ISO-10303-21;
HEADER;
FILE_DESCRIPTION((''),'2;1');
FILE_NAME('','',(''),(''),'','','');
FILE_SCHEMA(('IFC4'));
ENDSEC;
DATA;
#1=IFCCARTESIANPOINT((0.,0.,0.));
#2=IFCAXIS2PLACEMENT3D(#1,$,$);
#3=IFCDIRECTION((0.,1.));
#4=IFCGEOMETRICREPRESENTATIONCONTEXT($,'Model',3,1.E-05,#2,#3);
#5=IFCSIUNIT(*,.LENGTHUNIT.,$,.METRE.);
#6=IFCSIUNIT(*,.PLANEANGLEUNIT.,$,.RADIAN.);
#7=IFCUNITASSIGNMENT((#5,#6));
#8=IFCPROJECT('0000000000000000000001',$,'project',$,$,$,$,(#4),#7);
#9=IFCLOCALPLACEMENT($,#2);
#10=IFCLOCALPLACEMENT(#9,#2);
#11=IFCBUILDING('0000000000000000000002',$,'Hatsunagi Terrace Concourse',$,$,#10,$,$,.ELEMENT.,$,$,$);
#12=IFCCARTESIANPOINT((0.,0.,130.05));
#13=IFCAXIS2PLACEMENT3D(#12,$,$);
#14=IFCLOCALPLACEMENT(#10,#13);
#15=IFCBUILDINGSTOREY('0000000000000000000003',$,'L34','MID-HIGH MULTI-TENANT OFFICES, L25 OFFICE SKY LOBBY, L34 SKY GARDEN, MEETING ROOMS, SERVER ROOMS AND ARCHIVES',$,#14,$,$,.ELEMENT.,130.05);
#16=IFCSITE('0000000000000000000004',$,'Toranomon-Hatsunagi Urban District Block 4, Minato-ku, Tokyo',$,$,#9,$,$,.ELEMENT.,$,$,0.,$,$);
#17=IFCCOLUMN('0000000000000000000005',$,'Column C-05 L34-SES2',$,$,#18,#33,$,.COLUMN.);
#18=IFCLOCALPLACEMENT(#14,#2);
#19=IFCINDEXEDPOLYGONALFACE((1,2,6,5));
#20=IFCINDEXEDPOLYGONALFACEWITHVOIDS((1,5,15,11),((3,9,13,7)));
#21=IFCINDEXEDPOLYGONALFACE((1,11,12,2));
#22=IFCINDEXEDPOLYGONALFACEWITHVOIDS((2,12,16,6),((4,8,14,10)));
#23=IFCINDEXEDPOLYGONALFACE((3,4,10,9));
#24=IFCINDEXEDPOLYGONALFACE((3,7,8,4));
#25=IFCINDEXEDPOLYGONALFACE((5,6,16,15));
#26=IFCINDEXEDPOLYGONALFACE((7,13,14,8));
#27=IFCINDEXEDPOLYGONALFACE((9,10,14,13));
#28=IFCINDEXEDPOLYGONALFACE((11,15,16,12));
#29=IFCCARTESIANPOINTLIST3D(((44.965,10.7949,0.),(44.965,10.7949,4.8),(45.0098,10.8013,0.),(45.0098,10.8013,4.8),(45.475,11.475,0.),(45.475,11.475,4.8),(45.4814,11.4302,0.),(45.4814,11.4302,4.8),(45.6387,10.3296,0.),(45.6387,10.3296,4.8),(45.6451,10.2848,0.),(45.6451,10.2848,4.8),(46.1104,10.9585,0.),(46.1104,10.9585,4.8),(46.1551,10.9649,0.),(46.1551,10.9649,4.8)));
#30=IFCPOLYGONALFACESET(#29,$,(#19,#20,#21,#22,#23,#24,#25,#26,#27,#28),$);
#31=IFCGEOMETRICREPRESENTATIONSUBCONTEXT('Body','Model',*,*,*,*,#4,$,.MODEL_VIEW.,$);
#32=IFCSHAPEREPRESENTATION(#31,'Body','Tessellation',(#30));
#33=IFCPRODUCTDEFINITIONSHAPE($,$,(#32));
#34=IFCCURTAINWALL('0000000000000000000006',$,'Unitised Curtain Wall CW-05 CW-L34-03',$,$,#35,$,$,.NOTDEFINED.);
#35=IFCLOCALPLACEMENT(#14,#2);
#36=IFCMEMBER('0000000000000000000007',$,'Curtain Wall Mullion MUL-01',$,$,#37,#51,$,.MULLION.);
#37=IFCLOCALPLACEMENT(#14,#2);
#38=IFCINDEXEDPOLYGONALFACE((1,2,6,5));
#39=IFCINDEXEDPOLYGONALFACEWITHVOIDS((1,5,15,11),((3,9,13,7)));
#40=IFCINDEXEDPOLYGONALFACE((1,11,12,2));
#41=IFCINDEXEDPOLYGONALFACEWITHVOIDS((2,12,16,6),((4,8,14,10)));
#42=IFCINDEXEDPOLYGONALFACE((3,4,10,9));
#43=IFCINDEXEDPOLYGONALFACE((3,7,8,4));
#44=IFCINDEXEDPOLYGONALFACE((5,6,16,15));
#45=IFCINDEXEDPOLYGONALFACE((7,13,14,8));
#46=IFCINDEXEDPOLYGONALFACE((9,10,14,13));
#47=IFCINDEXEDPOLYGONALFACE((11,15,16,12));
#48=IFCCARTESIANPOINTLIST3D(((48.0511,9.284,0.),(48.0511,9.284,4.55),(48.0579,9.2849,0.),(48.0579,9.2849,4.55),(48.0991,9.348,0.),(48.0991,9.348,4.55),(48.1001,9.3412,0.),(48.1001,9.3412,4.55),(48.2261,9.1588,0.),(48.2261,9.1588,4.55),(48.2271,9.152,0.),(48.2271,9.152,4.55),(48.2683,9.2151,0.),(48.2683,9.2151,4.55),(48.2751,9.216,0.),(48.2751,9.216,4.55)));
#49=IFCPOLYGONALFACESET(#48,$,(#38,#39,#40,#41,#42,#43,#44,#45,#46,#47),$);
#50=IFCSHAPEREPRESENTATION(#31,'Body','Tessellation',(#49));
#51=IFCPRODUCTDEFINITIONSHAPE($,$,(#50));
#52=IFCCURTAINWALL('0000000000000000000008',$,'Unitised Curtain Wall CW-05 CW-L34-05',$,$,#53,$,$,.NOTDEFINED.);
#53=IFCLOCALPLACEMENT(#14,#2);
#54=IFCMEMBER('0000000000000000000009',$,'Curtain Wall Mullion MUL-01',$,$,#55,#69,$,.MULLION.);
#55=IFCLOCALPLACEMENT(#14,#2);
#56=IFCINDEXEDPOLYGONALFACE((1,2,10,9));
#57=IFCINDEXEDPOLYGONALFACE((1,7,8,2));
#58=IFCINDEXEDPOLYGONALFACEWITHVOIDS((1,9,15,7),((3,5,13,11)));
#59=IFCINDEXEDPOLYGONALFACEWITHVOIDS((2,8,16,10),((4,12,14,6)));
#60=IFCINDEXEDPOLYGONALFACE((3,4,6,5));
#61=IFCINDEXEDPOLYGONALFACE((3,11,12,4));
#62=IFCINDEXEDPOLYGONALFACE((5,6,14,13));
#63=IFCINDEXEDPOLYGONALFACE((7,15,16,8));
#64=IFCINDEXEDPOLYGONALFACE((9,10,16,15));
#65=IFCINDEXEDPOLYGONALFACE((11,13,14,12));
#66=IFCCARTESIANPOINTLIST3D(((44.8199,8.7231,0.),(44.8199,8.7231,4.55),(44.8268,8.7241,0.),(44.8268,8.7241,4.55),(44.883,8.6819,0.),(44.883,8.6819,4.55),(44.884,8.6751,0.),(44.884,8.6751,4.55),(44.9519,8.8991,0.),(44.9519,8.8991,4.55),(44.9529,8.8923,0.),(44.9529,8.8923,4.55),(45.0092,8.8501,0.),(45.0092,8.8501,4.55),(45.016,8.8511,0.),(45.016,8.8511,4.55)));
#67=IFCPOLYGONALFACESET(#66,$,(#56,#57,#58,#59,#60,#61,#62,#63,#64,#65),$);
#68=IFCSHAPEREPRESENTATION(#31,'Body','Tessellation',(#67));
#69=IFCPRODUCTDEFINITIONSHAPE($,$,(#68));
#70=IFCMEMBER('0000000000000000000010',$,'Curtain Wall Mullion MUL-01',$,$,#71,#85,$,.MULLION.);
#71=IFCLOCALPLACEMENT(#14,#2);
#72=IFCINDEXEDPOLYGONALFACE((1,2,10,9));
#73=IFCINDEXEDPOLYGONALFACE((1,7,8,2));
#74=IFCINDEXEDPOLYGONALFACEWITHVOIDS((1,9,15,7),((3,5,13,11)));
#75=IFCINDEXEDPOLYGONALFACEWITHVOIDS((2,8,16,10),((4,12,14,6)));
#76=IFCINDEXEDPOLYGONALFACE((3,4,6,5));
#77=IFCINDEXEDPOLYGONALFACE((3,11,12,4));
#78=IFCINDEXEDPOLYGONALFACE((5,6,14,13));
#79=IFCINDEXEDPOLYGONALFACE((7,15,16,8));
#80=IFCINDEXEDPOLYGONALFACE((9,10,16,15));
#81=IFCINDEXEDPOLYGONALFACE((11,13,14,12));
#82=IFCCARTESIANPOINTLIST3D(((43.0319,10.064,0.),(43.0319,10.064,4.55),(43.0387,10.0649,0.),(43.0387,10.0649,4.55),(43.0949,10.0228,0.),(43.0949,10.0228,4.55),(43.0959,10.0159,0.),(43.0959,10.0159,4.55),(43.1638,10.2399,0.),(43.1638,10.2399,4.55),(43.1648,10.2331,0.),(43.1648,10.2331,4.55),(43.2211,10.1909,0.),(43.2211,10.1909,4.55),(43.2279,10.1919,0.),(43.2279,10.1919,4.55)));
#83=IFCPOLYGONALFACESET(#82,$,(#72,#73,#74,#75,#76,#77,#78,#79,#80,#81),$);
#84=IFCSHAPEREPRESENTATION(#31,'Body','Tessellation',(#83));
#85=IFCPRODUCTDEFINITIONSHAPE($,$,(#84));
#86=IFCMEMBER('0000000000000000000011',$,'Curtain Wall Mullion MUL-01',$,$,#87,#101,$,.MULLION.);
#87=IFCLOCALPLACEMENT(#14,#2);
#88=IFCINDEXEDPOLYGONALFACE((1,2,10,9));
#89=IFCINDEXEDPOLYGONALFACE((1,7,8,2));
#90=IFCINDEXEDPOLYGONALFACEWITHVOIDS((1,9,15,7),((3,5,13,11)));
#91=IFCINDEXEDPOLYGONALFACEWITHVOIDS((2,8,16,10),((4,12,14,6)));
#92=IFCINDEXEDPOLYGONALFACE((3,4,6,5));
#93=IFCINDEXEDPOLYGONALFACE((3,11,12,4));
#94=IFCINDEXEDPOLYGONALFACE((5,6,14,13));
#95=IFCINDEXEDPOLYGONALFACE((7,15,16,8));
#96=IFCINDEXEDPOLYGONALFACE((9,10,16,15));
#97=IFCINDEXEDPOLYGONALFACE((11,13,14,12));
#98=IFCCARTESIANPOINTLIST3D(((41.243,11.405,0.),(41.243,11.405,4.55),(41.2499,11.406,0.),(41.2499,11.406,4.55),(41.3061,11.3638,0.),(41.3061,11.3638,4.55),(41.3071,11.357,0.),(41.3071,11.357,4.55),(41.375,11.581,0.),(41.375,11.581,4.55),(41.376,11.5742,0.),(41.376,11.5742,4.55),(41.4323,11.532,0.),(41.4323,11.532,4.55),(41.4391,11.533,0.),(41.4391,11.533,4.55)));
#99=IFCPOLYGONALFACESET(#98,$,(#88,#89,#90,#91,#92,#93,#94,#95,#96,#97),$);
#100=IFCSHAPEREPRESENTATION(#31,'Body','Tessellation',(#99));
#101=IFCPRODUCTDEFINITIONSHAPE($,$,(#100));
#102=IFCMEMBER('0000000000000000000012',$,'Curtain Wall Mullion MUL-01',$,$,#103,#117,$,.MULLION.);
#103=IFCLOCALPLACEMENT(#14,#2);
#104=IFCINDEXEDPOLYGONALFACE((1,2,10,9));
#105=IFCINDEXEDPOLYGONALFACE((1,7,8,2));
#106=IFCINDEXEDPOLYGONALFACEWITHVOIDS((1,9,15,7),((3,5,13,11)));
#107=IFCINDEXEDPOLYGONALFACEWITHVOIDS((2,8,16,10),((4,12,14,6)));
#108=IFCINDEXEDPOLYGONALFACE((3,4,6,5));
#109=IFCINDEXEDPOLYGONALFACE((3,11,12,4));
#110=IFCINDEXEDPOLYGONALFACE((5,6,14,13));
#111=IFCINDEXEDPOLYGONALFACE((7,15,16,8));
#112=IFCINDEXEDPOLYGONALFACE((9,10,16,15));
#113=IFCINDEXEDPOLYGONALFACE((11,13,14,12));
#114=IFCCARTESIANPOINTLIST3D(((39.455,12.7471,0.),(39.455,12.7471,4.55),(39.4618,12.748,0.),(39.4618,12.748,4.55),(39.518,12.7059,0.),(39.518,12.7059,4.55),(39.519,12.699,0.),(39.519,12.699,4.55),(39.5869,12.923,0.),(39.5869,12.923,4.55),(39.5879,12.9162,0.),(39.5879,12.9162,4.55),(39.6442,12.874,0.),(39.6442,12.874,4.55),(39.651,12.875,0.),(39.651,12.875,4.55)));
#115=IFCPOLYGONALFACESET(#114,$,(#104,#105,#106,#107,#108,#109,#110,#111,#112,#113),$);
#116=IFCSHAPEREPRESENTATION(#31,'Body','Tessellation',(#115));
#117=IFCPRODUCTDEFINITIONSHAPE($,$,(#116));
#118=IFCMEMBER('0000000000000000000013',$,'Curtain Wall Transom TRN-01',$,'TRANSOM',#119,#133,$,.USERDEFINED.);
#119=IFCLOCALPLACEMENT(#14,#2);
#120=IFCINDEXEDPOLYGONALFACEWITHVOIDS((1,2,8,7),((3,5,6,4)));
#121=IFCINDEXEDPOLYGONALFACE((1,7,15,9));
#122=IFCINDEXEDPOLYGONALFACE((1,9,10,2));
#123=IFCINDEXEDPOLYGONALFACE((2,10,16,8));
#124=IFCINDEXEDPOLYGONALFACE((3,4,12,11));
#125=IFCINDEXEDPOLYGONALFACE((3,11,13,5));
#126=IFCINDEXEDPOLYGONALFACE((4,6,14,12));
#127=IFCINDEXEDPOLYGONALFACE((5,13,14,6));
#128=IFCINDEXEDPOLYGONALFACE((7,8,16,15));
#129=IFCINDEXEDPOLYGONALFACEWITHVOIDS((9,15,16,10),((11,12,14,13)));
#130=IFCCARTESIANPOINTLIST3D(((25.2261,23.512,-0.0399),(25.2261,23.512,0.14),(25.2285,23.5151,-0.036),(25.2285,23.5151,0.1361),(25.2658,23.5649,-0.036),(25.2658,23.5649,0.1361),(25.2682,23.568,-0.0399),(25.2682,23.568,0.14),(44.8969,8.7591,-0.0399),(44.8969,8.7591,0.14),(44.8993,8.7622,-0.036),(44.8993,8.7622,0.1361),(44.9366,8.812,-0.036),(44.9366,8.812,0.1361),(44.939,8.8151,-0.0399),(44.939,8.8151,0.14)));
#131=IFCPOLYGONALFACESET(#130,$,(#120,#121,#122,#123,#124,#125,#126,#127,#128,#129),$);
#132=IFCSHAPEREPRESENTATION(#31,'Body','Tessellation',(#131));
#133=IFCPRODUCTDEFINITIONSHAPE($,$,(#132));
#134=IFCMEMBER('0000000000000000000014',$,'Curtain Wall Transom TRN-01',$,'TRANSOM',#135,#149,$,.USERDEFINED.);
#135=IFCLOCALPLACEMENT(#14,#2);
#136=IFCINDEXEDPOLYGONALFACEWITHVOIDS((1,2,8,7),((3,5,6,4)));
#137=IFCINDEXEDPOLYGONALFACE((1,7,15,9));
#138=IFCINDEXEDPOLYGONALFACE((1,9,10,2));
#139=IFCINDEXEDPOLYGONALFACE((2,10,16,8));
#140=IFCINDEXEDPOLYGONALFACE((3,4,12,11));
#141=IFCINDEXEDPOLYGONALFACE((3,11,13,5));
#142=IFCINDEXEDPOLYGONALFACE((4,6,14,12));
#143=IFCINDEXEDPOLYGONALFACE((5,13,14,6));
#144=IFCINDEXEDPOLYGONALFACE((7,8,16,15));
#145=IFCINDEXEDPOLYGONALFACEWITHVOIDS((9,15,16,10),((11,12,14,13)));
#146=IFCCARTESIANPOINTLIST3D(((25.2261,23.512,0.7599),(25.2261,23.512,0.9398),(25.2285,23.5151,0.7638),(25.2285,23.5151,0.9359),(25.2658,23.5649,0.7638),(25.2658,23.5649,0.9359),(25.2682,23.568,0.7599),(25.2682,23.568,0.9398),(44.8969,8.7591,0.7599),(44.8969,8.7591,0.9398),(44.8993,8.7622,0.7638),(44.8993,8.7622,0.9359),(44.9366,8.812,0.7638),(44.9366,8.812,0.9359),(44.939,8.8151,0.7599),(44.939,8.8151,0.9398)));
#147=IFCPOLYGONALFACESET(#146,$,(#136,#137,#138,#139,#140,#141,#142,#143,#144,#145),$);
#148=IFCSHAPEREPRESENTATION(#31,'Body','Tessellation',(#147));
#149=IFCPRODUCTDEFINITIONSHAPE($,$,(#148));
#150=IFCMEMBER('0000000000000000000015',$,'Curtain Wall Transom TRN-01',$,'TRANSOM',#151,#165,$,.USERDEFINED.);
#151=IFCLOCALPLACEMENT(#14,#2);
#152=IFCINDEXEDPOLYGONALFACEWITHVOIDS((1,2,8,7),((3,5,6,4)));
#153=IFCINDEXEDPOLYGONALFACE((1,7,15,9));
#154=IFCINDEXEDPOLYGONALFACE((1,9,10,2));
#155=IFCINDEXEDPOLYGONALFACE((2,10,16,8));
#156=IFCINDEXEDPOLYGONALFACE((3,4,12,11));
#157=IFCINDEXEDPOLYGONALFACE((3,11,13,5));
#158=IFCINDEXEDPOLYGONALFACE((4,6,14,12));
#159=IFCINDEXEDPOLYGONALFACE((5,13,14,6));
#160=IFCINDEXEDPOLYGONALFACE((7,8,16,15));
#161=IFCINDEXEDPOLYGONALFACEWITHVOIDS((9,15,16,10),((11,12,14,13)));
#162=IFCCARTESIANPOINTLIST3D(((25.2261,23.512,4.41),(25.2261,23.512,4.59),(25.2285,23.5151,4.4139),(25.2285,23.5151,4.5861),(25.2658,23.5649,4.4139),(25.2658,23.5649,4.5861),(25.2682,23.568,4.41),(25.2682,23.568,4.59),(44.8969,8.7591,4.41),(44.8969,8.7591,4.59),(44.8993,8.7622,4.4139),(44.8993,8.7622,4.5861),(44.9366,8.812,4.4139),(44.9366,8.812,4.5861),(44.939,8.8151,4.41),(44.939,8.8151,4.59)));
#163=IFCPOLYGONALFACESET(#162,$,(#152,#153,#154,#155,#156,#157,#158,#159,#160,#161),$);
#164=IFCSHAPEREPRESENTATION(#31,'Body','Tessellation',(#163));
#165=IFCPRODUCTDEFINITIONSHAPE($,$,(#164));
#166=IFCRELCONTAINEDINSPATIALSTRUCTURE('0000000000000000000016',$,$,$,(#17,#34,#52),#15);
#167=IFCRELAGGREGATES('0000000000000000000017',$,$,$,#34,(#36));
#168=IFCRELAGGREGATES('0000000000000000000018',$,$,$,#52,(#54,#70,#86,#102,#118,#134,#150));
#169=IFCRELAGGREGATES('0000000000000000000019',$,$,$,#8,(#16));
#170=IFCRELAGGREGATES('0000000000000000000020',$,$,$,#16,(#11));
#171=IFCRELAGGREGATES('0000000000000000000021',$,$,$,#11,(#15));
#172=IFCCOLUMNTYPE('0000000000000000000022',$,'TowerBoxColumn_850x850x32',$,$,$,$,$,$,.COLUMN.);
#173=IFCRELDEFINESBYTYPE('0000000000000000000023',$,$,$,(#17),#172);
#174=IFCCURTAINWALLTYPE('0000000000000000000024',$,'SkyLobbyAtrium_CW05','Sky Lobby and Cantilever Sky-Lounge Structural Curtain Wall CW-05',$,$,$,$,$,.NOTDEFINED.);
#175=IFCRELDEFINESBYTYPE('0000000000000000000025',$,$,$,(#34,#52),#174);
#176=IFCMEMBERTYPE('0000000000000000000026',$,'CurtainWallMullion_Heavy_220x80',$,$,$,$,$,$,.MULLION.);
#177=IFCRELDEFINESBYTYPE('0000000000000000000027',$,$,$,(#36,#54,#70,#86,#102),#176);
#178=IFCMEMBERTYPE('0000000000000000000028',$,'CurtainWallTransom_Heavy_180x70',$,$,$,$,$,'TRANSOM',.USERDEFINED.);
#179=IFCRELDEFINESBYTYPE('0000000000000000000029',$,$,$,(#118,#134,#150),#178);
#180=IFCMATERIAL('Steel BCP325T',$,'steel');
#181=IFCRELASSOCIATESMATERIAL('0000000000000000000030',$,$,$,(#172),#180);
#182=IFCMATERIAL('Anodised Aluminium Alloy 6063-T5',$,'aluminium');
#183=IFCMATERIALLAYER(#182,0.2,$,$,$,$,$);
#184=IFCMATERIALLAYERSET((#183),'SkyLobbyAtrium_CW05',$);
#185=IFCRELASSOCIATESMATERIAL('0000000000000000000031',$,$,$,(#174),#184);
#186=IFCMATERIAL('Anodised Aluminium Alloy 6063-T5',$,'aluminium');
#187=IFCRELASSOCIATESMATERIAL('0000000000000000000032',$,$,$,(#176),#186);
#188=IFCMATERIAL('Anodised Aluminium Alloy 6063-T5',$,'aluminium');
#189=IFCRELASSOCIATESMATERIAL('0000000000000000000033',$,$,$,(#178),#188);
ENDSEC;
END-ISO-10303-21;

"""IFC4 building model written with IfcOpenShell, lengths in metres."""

from ifc_helpers import new_model, si_unit, direction, frame, origin, origin_2d, place, context, subcontext, project, spatial, hollow_rectangle, extrude, material, layer, layer_set, material_profile, profile_set, type_object, element, aggregate, save


model = new_model("IFC4")

# Units and contexts
model_context = context("Model", 3, precision=1e-05, world=origin(), true_north=direction((0.0, 1.0)))
body_context = subcontext(model_context, "Body", "Model", "MODEL_VIEW")
ifc_project = project(units=[si_unit("LENGTHUNIT", "METRE"), si_unit("PLANEANGLEUNIT", "RADIAN")], contexts=[model_context])

# Site, building, storey
site_placement = place(None, origin())
site = spatial("IfcSite", under=ifc_project, at=site_placement, Name="Toranomon-Hatsunagi Urban District Block 4, Minato-ku, Tokyo", CompositionType="ELEMENT", RefElevation=0.0)
building_placement = place(site_placement, origin())
building = spatial("IfcBuilding", under=site, at=building_placement, Name="Hatsunagi Terrace Concourse", CompositionType="ELEMENT")
storey_placement = place(building_placement, frame((0.0, 0.0, 130.05)))
storey = spatial("IfcBuildingStorey", under=building, at=storey_placement, Name="L34", Description="MID-HIGH MULTI-TENANT OFFICES, L25 OFFICE SKY LOBBY, L34 SKY GARDEN, MEETING ROOMS, SERVER ROOMS AND ARCHIVES", CompositionType="ELEMENT", Elevation=130.05)

# Column
ifc_material_1 = material(Name="Steel BCP325T", Category="steel")
ifc_material_profile_1 = material_profile(ifc_material_1, hollow_rectangle(XDim=0.8501, YDim=0.8501, WallThickness=0.032, at=origin_2d()), Name="BCP-850x850x32")
ifc_profile_set_1 = profile_set([ifc_material_profile_1], Name="Steel BCP325T")
column_type = type_object("IfcColumnType", Name="TowerBoxColumn_850x850x32", PredefinedType="COLUMN", material=ifc_profile_set_1)
column_placement = place(storey_placement, frame((45.5601, 10.8799, 0.0), z_axis=(0.0, 0.0, 1.0), x_axis=(0.8, -0.6, 0.0)))
element("IfcColumn", 1, at=column_placement, inside=storey, type_object=column_type, Name="Column C-05 L34-SES2", PredefinedType="COLUMN", context=body_context, shape_type="SweptSolid", body=[
    extrude(hollow_rectangle(XDim=0.8501, YDim=0.8501, WallThickness=0.032, at=origin_2d()), origin(), (0.0, 0.0, 1.0), 4.8),
])

# Curtain wall, member
ifc_material_2 = material(Name="Anodised Aluminium Alloy 6063-T5", Category="aluminium")
ifc_layer_1 = layer(ifc_material_2, 0.2)
ifc_layer_set_1 = layer_set([ifc_layer_1], Name="SkyLobbyAtrium_CW05")
curtain_wall_type = type_object("IfcCurtainWallType", Name="SkyLobbyAtrium_CW05", Description="Sky Lobby and Cantilever Sky-Lounge Structural Curtain Wall CW-05", PredefinedType="NOTDEFINED", material=ifc_layer_set_1)
curtain_wall_1_placement = place(storey_placement, origin())
curtain_wall_1 = element("IfcCurtainWall", 2, at=curtain_wall_1_placement, inside=storey, type_object=curtain_wall_type, Name="Unitised Curtain Wall CW-05 CW-L34-03", PredefinedType="NOTDEFINED")
ifc_material_3 = material(Name="Anodised Aluminium Alloy 6063-T5", Category="aluminium")
ifc_material_profile_2 = material_profile(ifc_material_3, hollow_rectangle(XDim=0.0801, YDim=0.22, WallThickness=0.0049, at=origin_2d()), Name="ALU-MUL-220x80x5")
ifc_profile_set_2 = profile_set([ifc_material_profile_2], Name="Anodised Aluminium Alloy 6063-T5")
member_type_1 = type_object("IfcMemberType", Name="CurtainWallMullion_Heavy_220x80", PredefinedType="MULLION", material=ifc_profile_set_2)
member_1_placement = place(storey_placement, frame((48.1631, 9.25, 0.0), z_axis=(0.0, 0.0, 1.0), x_axis=(-0.599969, -0.800023, 0.0)))
member_1 = element("IfcMember", 3, at=member_1_placement, type_object=member_type_1, Name="Curtain Wall Mullion MUL-01", PredefinedType="MULLION", context=body_context, shape_type="SweptSolid", body=[
    extrude(hollow_rectangle(XDim=0.0801, YDim=0.22, WallThickness=0.0049, at=origin_2d()), origin(), (0.0, 0.0, 1.0), 4.55),
])

# Curtain wall, members
curtain_wall_2_placement = place(storey_placement, origin())
curtain_wall_2 = element("IfcCurtainWall", 4, at=curtain_wall_2_placement, inside=storey, type_object=curtain_wall_type, Name="Unitised Curtain Wall CW-05 CW-L34-05", PredefinedType="NOTDEFINED")
member_2_placement = place(storey_placement, frame((44.918, 8.7871, 0.0), z_axis=(0.0, 0.0, 1.0), x_axis=(-0.800005, 0.599993, 0.0)))
member_2 = element("IfcMember", 5, at=member_2_placement, type_object=member_type_1, Name="Curtain Wall Mullion MUL-01", PredefinedType="MULLION", context=body_context, shape_type="SweptSolid", body=[
    extrude(hollow_rectangle(XDim=0.0801, YDim=0.22, WallThickness=0.0049, at=origin_2d()), origin(), (0.0, 0.0, 1.0), 4.55),
])
member_3_placement = place(storey_placement, frame((43.1299, 10.1279, 0.0), z_axis=(0.0, 0.0, 1.0), x_axis=(-0.800005, 0.599993, 0.0)))
member_3 = element("IfcMember", 6, at=member_3_placement, type_object=member_type_1, Name="Curtain Wall Mullion MUL-01", PredefinedType="MULLION", context=body_context, shape_type="SweptSolid", body=[
    extrude(hollow_rectangle(XDim=0.0801, YDim=0.22, WallThickness=0.0049, at=origin_2d()), origin(), (0.0, 0.0, 1.0), 4.55),
])
member_4_placement = place(storey_placement, frame((41.3411, 11.469, 0.0), z_axis=(0.0, 0.0, 1.0), x_axis=(-0.800005, 0.599993, 0.0)))
member_4 = element("IfcMember", 7, at=member_4_placement, type_object=member_type_1, Name="Curtain Wall Mullion MUL-01", PredefinedType="MULLION", context=body_context, shape_type="SweptSolid", body=[
    extrude(hollow_rectangle(XDim=0.0801, YDim=0.22, WallThickness=0.0049, at=origin_2d()), origin(), (0.0, 0.0, 1.0), 4.55),
])
member_5_placement = place(storey_placement, frame((39.553, 12.811, 0.0), z_axis=(0.0, 0.0, 1.0), x_axis=(-0.800005, 0.599993, 0.0)))
member_5 = element("IfcMember", 8, at=member_5_placement, type_object=member_type_1, Name="Curtain Wall Mullion MUL-01", PredefinedType="MULLION", context=body_context, shape_type="SweptSolid", body=[
    extrude(hollow_rectangle(XDim=0.0801, YDim=0.22, WallThickness=0.0049, at=origin_2d()), origin(), (0.0, 0.0, 1.0), 4.55),
])
ifc_material_4 = material(Name="Anodised Aluminium Alloy 6063-T5", Category="aluminium")
ifc_material_profile_3 = material_profile(ifc_material_4, hollow_rectangle(XDim=0.0701, YDim=0.1799, WallThickness=0.0039, at=origin_2d()), Name="ALU-TRN-180x70x4")
ifc_profile_set_3 = profile_set([ifc_material_profile_3], Name="Anodised Aluminium Alloy 6063-T5")
member_type_2 = type_object("IfcMemberType", Name="CurtainWallTransom_Heavy_180x70", ElementType="TRANSOM", PredefinedType="USERDEFINED", material=ifc_profile_set_3)
member_6_placement = place(storey_placement, frame((44.918, 8.7871, 0.05), z_axis=(-0.800005, 0.599994, 0.0), x_axis=(-0.599994, -0.800005, 0.0)))
member_6 = element("IfcMember", 9, at=member_6_placement, type_object=member_type_2, Name="Curtain Wall Transom TRN-01", ObjectType="TRANSOM", PredefinedType="USERDEFINED", context=body_context, shape_type="SweptSolid", body=[
    extrude(hollow_rectangle(XDim=0.0701, YDim=0.1799, WallThickness=0.0039, at=origin_2d()), origin(), (0.0, 0.0, 1.0), 24.5884),
])
member_7_placement = place(storey_placement, frame((44.918, 8.7871, 0.8499), z_axis=(-0.800005, 0.599994, 0.0), x_axis=(-0.599994, -0.800005, 0.0)))
member_7 = element("IfcMember", 10, at=member_7_placement, type_object=member_type_2, Name="Curtain Wall Transom TRN-01", ObjectType="TRANSOM", PredefinedType="USERDEFINED", context=body_context, shape_type="SweptSolid", body=[
    extrude(hollow_rectangle(XDim=0.0701, YDim=0.1799, WallThickness=0.0039, at=origin_2d()), origin(), (0.0, 0.0, 1.0), 24.5884),
])
member_8_placement = place(storey_placement, frame((44.918, 8.7871, 4.5), z_axis=(-0.800005, 0.599994, 0.0), x_axis=(-0.599994, -0.800005, 0.0)))
member_8 = element("IfcMember", 11, at=member_8_placement, type_object=member_type_2, Name="Curtain Wall Transom TRN-01", ObjectType="TRANSOM", PredefinedType="USERDEFINED", context=body_context, shape_type="SweptSolid", body=[
    extrude(hollow_rectangle(XDim=0.0701, YDim=0.1799, WallThickness=0.0039, at=origin_2d()), origin(), (0.0, 0.0, 1.0), 24.5884),
])

aggregate(curtain_wall_1, [member_1])
aggregate(curtain_wall_2, [member_2, member_3, member_4, member_5, member_6, member_7, member_8])

save(model, "model.ifc")
